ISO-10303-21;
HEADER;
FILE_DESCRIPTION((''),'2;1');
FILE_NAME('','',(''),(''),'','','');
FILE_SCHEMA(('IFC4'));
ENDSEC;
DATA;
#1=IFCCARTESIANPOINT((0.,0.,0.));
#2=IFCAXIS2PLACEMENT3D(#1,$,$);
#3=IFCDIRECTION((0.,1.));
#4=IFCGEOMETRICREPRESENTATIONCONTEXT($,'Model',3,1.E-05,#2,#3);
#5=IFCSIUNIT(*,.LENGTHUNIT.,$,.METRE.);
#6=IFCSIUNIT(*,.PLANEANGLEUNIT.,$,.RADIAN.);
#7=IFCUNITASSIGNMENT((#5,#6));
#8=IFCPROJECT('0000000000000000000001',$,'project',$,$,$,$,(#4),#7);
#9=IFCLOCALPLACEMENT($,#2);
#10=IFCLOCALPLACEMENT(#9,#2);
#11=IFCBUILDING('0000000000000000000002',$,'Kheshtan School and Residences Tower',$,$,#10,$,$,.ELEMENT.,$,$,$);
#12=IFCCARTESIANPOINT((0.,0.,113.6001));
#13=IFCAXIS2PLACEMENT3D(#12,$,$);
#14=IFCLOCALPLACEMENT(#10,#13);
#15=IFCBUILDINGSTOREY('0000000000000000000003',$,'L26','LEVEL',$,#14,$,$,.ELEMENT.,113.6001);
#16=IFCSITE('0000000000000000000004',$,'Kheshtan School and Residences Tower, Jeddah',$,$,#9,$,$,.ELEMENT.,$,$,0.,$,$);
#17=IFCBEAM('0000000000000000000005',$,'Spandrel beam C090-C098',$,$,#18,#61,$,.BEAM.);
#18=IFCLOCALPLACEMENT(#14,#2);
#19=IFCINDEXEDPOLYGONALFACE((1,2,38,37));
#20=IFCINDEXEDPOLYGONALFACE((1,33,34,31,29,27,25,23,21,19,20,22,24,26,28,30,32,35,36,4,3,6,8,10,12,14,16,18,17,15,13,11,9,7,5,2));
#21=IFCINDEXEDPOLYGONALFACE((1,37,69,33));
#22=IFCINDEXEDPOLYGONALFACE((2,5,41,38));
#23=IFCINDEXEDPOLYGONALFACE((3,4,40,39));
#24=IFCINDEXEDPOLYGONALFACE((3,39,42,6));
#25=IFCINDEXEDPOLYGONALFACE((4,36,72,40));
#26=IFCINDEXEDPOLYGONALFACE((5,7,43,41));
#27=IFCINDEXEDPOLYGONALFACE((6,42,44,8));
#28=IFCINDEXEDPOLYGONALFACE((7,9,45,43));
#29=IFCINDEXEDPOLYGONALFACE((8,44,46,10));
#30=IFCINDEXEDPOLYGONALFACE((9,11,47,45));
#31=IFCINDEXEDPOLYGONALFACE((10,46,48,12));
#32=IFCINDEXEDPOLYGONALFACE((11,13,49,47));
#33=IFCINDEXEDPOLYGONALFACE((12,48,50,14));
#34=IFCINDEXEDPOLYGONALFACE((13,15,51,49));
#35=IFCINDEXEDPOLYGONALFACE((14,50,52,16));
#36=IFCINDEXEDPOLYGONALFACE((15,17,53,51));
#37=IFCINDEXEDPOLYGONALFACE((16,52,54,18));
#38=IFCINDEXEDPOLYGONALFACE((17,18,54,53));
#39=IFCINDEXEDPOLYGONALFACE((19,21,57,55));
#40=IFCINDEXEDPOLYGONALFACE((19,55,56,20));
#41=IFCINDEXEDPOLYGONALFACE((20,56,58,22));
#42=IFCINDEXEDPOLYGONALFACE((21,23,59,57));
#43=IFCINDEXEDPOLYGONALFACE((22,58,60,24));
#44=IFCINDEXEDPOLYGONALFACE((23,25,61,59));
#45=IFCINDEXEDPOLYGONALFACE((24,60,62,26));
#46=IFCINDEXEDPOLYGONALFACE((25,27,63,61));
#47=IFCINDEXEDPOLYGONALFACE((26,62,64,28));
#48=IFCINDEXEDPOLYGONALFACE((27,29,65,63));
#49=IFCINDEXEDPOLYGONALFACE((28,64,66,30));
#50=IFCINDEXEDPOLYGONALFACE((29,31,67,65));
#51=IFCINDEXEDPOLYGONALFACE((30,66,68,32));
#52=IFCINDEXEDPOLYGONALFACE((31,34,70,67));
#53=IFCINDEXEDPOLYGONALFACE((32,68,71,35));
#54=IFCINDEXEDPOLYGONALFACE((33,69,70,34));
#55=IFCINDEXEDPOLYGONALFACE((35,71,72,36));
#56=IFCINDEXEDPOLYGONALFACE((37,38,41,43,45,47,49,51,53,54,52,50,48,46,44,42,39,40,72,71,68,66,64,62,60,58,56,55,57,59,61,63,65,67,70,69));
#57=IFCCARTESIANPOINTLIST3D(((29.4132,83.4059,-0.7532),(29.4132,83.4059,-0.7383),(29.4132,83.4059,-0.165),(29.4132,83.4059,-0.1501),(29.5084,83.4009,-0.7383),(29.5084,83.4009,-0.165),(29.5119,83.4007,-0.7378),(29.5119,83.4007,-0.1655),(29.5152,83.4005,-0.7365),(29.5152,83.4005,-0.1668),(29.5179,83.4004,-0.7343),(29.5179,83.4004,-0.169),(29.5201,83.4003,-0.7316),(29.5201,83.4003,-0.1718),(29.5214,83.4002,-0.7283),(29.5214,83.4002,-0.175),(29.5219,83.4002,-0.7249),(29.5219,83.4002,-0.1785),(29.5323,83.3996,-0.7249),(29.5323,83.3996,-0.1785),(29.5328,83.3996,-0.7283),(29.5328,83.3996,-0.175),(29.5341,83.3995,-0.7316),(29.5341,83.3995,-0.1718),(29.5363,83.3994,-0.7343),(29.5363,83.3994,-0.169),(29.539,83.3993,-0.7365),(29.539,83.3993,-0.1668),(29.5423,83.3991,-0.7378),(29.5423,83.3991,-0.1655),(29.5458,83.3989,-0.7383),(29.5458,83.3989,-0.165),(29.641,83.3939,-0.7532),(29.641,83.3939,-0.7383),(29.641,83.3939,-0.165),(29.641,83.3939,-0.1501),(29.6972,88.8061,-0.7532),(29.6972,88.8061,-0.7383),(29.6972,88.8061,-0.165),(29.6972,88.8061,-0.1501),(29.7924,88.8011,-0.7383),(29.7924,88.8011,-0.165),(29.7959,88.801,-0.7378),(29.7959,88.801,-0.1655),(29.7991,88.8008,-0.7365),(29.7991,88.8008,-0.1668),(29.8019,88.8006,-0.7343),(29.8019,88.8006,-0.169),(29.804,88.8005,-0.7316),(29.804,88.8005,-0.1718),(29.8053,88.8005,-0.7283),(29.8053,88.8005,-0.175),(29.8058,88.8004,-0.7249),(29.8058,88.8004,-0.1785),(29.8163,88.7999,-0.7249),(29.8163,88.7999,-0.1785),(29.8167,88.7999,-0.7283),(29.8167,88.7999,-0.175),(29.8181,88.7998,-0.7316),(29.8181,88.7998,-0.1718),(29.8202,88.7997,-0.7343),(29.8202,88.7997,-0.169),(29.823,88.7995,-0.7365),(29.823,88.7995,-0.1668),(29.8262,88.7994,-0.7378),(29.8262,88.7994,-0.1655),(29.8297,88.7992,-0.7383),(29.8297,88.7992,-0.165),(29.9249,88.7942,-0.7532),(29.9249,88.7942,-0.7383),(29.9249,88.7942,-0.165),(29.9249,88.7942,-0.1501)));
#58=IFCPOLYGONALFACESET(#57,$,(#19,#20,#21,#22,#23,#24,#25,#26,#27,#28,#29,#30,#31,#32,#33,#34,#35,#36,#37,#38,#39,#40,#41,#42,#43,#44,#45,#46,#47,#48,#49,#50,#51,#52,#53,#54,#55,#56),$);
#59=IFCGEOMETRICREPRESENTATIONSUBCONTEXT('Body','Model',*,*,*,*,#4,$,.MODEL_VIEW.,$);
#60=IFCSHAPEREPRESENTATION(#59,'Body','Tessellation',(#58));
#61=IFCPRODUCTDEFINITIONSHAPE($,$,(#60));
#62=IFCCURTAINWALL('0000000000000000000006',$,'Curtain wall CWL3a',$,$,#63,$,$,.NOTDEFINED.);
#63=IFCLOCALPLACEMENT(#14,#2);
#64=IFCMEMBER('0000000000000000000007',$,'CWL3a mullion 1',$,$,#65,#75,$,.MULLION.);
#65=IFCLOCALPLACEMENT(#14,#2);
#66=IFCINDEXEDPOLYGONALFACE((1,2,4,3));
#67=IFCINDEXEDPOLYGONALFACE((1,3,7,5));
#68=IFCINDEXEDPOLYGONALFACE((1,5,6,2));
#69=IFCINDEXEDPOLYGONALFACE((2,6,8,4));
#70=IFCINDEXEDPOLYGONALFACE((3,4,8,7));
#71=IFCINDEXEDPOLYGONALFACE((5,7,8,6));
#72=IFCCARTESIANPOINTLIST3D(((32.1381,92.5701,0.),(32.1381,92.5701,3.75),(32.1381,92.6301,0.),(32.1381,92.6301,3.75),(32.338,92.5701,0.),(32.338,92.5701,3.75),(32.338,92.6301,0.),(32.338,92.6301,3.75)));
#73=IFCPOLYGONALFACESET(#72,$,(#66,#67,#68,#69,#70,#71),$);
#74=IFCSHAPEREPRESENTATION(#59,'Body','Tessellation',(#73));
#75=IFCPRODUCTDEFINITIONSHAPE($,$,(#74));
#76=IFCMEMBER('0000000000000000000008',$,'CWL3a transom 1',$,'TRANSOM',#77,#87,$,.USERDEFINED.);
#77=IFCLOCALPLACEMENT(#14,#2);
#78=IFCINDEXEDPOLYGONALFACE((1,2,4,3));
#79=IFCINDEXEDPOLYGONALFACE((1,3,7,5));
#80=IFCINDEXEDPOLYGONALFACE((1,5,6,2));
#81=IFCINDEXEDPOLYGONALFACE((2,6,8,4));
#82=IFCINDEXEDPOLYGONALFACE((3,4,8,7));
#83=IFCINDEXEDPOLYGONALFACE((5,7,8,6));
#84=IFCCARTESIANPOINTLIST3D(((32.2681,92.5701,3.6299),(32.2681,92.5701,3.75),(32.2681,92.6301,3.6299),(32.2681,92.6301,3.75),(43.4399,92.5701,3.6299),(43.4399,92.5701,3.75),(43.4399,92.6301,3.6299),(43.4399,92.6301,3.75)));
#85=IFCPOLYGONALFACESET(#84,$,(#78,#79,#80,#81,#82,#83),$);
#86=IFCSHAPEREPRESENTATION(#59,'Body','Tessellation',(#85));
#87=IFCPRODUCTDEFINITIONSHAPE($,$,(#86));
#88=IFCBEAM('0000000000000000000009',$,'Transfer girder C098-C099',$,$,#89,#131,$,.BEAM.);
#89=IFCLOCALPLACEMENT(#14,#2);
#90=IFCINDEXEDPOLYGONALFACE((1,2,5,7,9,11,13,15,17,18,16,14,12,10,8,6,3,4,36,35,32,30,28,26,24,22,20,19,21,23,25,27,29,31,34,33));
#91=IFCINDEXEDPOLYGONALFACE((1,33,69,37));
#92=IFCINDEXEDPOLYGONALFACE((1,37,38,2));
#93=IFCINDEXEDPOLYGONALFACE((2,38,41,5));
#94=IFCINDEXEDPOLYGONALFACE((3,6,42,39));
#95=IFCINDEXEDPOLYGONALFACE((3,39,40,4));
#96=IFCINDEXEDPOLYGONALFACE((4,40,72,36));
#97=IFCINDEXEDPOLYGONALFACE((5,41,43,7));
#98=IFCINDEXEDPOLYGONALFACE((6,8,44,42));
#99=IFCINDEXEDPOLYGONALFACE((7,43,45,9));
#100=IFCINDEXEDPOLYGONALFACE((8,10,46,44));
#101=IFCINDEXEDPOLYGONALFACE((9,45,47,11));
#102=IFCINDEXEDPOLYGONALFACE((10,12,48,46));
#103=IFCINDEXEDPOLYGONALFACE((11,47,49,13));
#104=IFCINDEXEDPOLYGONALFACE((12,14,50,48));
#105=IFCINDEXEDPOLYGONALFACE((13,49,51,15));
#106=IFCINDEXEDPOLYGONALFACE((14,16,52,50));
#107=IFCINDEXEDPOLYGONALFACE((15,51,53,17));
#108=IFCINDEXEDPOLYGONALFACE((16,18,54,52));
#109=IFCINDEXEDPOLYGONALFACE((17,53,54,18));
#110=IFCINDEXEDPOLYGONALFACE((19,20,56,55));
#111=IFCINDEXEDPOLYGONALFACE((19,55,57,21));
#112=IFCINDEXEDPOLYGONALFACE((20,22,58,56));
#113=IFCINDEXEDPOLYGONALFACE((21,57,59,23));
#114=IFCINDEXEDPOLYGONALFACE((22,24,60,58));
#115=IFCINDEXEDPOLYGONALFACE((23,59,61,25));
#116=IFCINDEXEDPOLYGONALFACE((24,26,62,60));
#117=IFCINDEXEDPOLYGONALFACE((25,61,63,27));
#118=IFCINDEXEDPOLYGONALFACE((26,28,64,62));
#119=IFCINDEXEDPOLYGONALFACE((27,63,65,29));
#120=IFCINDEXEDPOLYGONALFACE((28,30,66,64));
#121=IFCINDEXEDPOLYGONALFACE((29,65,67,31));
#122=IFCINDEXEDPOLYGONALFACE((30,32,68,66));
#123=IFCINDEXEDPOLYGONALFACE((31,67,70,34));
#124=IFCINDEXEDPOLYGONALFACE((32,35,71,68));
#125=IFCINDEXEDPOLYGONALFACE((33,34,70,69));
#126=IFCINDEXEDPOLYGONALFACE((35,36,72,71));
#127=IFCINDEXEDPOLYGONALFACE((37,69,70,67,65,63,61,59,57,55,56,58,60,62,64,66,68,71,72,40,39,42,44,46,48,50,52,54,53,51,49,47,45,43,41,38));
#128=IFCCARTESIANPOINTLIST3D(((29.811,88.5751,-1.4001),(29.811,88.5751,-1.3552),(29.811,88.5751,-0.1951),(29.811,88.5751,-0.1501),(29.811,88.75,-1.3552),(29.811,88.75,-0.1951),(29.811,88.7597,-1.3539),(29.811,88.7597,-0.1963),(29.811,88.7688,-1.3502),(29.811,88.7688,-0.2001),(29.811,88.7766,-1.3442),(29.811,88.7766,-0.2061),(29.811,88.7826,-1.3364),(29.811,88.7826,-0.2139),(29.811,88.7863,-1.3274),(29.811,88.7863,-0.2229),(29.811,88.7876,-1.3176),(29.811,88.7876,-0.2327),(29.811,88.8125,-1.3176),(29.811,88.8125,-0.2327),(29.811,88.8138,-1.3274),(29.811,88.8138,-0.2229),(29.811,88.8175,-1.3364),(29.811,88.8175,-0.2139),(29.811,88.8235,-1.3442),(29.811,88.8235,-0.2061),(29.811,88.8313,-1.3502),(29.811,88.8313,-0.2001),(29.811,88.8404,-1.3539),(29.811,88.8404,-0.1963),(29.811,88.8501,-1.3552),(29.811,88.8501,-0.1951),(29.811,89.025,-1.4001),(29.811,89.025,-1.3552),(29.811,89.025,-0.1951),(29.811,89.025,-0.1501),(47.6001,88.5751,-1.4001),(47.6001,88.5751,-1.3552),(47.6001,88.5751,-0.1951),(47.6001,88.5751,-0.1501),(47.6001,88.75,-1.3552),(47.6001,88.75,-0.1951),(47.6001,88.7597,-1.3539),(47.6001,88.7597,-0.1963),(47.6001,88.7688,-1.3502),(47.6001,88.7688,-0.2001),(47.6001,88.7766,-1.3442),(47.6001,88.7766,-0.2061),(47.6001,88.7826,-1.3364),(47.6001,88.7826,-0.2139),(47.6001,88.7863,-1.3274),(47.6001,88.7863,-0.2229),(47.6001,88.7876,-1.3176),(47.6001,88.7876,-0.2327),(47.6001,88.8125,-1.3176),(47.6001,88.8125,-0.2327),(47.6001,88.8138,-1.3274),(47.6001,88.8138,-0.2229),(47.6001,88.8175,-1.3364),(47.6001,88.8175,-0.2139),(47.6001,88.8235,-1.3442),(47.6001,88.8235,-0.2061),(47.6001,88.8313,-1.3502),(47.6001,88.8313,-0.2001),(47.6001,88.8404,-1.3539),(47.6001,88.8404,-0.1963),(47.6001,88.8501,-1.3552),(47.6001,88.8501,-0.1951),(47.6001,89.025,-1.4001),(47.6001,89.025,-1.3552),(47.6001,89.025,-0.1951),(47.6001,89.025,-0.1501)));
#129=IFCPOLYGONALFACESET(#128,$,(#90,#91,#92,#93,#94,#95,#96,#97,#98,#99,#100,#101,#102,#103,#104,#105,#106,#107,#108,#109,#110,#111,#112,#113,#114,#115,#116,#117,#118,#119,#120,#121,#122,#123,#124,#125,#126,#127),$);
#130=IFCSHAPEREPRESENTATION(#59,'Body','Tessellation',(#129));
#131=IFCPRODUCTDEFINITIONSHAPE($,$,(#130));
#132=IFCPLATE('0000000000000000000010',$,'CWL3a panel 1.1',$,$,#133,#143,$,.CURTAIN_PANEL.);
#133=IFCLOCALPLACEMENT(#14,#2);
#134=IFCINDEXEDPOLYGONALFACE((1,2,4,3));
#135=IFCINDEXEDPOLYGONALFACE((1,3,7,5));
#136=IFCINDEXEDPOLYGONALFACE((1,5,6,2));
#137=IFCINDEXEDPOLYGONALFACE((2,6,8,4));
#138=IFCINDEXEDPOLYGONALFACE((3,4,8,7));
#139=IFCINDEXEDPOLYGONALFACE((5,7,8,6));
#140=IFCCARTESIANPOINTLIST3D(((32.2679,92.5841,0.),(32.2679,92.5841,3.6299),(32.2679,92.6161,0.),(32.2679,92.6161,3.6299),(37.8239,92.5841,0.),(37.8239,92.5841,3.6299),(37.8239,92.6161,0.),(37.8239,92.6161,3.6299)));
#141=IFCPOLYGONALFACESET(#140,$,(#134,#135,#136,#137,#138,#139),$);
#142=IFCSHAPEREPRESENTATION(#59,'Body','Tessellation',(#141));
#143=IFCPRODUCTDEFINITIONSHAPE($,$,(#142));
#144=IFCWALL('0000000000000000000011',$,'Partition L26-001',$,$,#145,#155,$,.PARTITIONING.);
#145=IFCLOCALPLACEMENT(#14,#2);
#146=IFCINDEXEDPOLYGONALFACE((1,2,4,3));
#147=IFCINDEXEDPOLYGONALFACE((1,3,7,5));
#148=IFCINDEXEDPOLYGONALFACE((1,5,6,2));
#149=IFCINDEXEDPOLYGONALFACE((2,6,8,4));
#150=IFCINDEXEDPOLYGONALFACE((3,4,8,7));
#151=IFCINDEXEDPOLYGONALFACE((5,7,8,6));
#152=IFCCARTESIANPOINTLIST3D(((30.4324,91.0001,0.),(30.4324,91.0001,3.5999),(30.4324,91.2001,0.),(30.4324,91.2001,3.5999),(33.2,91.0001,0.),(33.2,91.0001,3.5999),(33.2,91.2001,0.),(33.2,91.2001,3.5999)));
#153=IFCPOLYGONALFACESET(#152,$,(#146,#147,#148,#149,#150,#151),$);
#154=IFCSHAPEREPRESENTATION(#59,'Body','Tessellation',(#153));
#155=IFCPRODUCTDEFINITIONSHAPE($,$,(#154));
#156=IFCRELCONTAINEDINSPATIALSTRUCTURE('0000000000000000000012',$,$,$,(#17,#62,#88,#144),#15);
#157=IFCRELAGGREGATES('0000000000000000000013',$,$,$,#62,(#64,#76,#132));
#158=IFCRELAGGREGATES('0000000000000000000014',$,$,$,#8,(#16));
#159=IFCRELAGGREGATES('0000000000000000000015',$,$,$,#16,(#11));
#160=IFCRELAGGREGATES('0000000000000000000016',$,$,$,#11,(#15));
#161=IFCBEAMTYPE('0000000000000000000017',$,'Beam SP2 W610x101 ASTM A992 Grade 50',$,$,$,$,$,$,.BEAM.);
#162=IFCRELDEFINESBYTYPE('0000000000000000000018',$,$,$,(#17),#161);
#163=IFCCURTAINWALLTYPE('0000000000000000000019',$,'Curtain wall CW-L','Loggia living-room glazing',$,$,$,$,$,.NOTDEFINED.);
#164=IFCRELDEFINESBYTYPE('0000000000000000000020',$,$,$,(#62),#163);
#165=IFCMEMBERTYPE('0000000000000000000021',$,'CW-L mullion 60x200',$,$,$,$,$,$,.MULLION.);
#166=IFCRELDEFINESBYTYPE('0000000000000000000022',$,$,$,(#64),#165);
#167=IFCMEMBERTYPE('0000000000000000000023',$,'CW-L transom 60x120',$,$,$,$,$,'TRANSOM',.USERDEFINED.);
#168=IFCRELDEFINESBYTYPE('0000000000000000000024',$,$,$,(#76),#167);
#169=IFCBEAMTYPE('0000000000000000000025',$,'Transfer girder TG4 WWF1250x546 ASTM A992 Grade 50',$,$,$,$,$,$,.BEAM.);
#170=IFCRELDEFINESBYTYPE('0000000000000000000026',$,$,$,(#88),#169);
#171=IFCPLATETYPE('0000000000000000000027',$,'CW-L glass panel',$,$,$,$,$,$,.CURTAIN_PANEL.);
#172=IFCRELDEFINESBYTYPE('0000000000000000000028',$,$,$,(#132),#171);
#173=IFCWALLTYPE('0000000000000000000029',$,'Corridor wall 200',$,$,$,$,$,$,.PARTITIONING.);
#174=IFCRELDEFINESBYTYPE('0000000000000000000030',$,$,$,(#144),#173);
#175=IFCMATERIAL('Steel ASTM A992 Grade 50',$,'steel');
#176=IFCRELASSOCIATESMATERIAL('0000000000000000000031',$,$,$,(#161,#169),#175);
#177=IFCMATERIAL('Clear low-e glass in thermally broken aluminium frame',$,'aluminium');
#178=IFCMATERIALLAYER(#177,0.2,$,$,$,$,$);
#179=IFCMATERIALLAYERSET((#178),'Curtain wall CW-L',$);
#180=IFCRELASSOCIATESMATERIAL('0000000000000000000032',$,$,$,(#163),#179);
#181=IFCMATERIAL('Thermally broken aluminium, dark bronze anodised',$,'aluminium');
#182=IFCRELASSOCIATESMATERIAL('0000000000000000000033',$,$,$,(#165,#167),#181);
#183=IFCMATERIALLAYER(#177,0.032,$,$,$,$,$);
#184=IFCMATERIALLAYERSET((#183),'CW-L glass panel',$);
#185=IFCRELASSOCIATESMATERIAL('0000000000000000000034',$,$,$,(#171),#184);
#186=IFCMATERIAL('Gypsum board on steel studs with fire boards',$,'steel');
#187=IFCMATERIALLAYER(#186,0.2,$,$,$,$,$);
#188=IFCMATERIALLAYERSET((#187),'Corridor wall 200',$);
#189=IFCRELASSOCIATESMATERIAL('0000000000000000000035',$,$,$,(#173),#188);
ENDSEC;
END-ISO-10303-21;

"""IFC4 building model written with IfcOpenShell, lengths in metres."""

from ifc_helpers import new_model, si_unit, direction, frame, frame_2d, origin, origin_2d, place, context, subcontext, project, spatial, rectangle, i_section, extrude, material, layer, layer_set, material_profile, profile_set, type_object, element, aggregate, save


model = new_model("IFC4")

# Units and contexts
model_context = context("Model", 3, precision=1e-05, world=origin(), true_north=direction((0.0, 1.0)))
body_context = subcontext(model_context, "Body", "Model", "MODEL_VIEW")
ifc_project = project(units=[si_unit("LENGTHUNIT", "METRE"), si_unit("PLANEANGLEUNIT", "RADIAN")], contexts=[model_context])

# Site, building, storey
site_placement = place(None, origin())
site = spatial("IfcSite", under=ifc_project, at=site_placement, Name="Kheshtan School and Residences Tower, Jeddah", CompositionType="ELEMENT", RefElevation=0.0)
building_placement = place(site_placement, origin())
building = spatial("IfcBuilding", under=site, at=building_placement, Name="Kheshtan School and Residences Tower", CompositionType="ELEMENT")
storey_placement = place(building_placement, frame((0.0, 0.0, 113.6001)))
storey = spatial("IfcBuildingStorey", under=building, at=storey_placement, Name="L26", Description="LEVEL", CompositionType="ELEMENT", Elevation=113.6001)

# Shared definitions
ifc_material_1 = material(Name="Steel ASTM A992 Grade 50", Category="steel")

# Beam
ifc_material_profile_1 = material_profile(ifc_material_1, i_section(OverallWidth=0.228, OverallDepth=0.603, WebThickness=0.0105, FlangeThickness=0.0149, FilletRadius=0.0134, at=origin_2d()), Name="W610x101")
ifc_profile_set_1 = profile_set([ifc_material_profile_1], Name="Steel ASTM A992 Grade 50")
beam_type_1 = type_object("IfcBeamType", Name="Beam SP2 W610x101 ASTM A992 Grade 50", PredefinedType="BEAM", material=ifc_profile_set_1)
beam_1_placement = place(storey_placement, frame((29.5271, 83.3999, -0.4517), z_axis=(0.052507, 0.998621, 0.0), x_axis=(-0.998621, 0.052507, 0.0)))
element("IfcBeam", 1, at=beam_1_placement, inside=storey, type_object=beam_type_1, Name="Spandrel beam C090-C098", PredefinedType="BEAM", context=body_context, shape_type="SweptSolid", body=[
    extrude(i_section(OverallWidth=0.228, OverallDepth=0.603, WebThickness=0.0105, FlangeThickness=0.0149, FilletRadius=0.0134, at=origin_2d()), origin(), (0.0, 0.0, 1.0), 5.4077),
])

# Curtain wall, members
ifc_material_2 = material(Name="Clear low-e glass in thermally broken aluminium frame", Category="aluminium")
ifc_layer_1 = layer(ifc_material_2, 0.2)
ifc_layer_set_1 = layer_set([ifc_layer_1], Name="Curtain wall CW-L")
curtain_wall_type = type_object("IfcCurtainWallType", Name="Curtain wall CW-L", Description="Loggia living-room glazing", PredefinedType="NOTDEFINED", material=ifc_layer_set_1)
curtain_wall_placement = place(storey_placement, origin())
curtain_wall = element("IfcCurtainWall", 2, at=curtain_wall_placement, inside=storey, type_object=curtain_wall_type, Name="Curtain wall CWL3a", PredefinedType="NOTDEFINED")
ifc_material_3 = material(Name="Thermally broken aluminium, dark bronze anodised", Category="aluminium")
ifc_material_profile_2 = material_profile(ifc_material_3, rectangle(XDim=0.0601, YDim=0.2, at=origin_2d()), Name="CW-L mullion 60x200")
ifc_profile_set_2 = profile_set([ifc_material_profile_2], Name="Thermally broken aluminium, dark bronze anodised")
member_type_1 = type_object("IfcMemberType", Name="CW-L mullion 60x200", PredefinedType="MULLION", material=ifc_profile_set_2)
member_1_placement = place(storey_placement, frame((32.238, 92.6001, 0.0), z_axis=(0.0, 0.0, 1.0), x_axis=(0.0, 1.0, 0.0)))
member_1 = element("IfcMember", 3, at=member_1_placement, type_object=member_type_1, Name="CWL3a mullion 1", PredefinedType="MULLION", context=body_context, shape_type="SweptSolid", body=[
    extrude(rectangle(XDim=0.0601, YDim=0.2, at=origin_2d()), origin(), (0.0, 0.0, 1.0), 3.75),
])
ifc_material_profile_3 = material_profile(ifc_material_3, rectangle(XDim=0.0601, YDim=0.1201, at=origin_2d()), Name="CW-L transom 60x120")
ifc_profile_set_3 = profile_set([ifc_material_profile_3], Name="Thermally broken aluminium, dark bronze anodised")
member_type_2 = type_object("IfcMemberType", Name="CW-L transom 60x120", ElementType="TRANSOM", PredefinedType="USERDEFINED", material=ifc_profile_set_3)
member_2_placement = place(storey_placement, frame((32.2681, 92.6001, 3.6899), z_axis=(1.0, 0.0, 0.0), x_axis=(0.0, 1.0, 0.0)))
member_2 = element("IfcMember", 4, at=member_2_placement, type_object=member_type_2, Name="CWL3a transom 1", ObjectType="TRANSOM", PredefinedType="USERDEFINED", context=body_context, shape_type="SweptSolid", body=[
    extrude(rectangle(XDim=0.0601, YDim=0.1201, at=origin_2d()), origin(), (0.0, 0.0, 1.0), 11.1719),
])

# Beam
ifc_material_profile_4 = material_profile(ifc_material_1, i_section(OverallWidth=0.45, OverallDepth=1.25, WebThickness=0.0249, FlangeThickness=0.0449, FilletRadius=0.0376, at=origin_2d()), Name="WWF1250x546")
ifc_profile_set_4 = profile_set([ifc_material_profile_4], Name="Steel ASTM A992 Grade 50")
beam_type_2 = type_object("IfcBeamType", Name="Transfer girder TG4 WWF1250x546 ASTM A992 Grade 50", PredefinedType="BEAM", material=ifc_profile_set_4)
beam_2_placement = place(storey_placement, frame((29.811, 88.8, -0.7751), z_axis=(1.0, 0.0, 0.0), x_axis=(0.0, 1.0, 0.0)))
element("IfcBeam", 5, at=beam_2_placement, inside=storey, type_object=beam_type_2, Name="Transfer girder C098-C099", PredefinedType="BEAM", context=body_context, shape_type="SweptSolid", body=[
    extrude(i_section(OverallWidth=0.45, OverallDepth=1.25, WebThickness=0.0249, FlangeThickness=0.0449, FilletRadius=0.0376, at=origin_2d()), origin(), (0.0, 0.0, 1.0), 17.7891),
])

# Plate
ifc_layer_2 = layer(ifc_material_2, 0.032)
ifc_layer_set_2 = layer_set([ifc_layer_2], Name="CW-L glass panel")
plate_type = type_object("IfcPlateType", Name="CW-L glass panel", PredefinedType="CURTAIN_PANEL", material=ifc_layer_set_2)
plate_placement = place(storey_placement, frame((35.0459, 92.6001, 0.0), z_axis=(0.0, 0.0, 1.0), x_axis=(1.0, 0.0, 0.0)))
plate = element("IfcPlate", 6, at=plate_placement, type_object=plate_type, Name="CWL3a panel 1.1", PredefinedType="CURTAIN_PANEL", context=body_context, shape_type="SweptSolid", body=[
    extrude(rectangle(XDim=5.5559, YDim=0.032, at=origin_2d()), origin(), (0.0, 0.0, 1.0), 3.6299),
])
aggregate(curtain_wall, [member_1, member_2, plate])

# Wall
ifc_material_4 = material(Name="Gypsum board on steel studs with fire boards", Category="steel")
ifc_layer_3 = layer(ifc_material_4, 0.2)
ifc_layer_set_3 = layer_set([ifc_layer_3], Name="Corridor wall 200")
wall_type_1 = type_object("IfcWallType", Name="Corridor wall 200", PredefinedType="PARTITIONING", material=ifc_layer_set_3)
wall_1_placement = place(storey_placement, frame((30.4324, 91.1001, 0.0), z_axis=(0.0, 0.0, 1.0), x_axis=(1.0, 0.0, 0.0)))
element("IfcWall", 7, at=wall_1_placement, inside=storey, type_object=wall_type_1, Name="Partition L26-001", PredefinedType="PARTITIONING", context=body_context, shape_type="SweptSolid", body=[
    extrude(rectangle(XDim=2.7676, YDim=0.2, at=frame_2d((1.3838, 0.0))), origin(), (0.0, 0.0, 1.0), 3.5999),
])

save(model, "model.ifc")
